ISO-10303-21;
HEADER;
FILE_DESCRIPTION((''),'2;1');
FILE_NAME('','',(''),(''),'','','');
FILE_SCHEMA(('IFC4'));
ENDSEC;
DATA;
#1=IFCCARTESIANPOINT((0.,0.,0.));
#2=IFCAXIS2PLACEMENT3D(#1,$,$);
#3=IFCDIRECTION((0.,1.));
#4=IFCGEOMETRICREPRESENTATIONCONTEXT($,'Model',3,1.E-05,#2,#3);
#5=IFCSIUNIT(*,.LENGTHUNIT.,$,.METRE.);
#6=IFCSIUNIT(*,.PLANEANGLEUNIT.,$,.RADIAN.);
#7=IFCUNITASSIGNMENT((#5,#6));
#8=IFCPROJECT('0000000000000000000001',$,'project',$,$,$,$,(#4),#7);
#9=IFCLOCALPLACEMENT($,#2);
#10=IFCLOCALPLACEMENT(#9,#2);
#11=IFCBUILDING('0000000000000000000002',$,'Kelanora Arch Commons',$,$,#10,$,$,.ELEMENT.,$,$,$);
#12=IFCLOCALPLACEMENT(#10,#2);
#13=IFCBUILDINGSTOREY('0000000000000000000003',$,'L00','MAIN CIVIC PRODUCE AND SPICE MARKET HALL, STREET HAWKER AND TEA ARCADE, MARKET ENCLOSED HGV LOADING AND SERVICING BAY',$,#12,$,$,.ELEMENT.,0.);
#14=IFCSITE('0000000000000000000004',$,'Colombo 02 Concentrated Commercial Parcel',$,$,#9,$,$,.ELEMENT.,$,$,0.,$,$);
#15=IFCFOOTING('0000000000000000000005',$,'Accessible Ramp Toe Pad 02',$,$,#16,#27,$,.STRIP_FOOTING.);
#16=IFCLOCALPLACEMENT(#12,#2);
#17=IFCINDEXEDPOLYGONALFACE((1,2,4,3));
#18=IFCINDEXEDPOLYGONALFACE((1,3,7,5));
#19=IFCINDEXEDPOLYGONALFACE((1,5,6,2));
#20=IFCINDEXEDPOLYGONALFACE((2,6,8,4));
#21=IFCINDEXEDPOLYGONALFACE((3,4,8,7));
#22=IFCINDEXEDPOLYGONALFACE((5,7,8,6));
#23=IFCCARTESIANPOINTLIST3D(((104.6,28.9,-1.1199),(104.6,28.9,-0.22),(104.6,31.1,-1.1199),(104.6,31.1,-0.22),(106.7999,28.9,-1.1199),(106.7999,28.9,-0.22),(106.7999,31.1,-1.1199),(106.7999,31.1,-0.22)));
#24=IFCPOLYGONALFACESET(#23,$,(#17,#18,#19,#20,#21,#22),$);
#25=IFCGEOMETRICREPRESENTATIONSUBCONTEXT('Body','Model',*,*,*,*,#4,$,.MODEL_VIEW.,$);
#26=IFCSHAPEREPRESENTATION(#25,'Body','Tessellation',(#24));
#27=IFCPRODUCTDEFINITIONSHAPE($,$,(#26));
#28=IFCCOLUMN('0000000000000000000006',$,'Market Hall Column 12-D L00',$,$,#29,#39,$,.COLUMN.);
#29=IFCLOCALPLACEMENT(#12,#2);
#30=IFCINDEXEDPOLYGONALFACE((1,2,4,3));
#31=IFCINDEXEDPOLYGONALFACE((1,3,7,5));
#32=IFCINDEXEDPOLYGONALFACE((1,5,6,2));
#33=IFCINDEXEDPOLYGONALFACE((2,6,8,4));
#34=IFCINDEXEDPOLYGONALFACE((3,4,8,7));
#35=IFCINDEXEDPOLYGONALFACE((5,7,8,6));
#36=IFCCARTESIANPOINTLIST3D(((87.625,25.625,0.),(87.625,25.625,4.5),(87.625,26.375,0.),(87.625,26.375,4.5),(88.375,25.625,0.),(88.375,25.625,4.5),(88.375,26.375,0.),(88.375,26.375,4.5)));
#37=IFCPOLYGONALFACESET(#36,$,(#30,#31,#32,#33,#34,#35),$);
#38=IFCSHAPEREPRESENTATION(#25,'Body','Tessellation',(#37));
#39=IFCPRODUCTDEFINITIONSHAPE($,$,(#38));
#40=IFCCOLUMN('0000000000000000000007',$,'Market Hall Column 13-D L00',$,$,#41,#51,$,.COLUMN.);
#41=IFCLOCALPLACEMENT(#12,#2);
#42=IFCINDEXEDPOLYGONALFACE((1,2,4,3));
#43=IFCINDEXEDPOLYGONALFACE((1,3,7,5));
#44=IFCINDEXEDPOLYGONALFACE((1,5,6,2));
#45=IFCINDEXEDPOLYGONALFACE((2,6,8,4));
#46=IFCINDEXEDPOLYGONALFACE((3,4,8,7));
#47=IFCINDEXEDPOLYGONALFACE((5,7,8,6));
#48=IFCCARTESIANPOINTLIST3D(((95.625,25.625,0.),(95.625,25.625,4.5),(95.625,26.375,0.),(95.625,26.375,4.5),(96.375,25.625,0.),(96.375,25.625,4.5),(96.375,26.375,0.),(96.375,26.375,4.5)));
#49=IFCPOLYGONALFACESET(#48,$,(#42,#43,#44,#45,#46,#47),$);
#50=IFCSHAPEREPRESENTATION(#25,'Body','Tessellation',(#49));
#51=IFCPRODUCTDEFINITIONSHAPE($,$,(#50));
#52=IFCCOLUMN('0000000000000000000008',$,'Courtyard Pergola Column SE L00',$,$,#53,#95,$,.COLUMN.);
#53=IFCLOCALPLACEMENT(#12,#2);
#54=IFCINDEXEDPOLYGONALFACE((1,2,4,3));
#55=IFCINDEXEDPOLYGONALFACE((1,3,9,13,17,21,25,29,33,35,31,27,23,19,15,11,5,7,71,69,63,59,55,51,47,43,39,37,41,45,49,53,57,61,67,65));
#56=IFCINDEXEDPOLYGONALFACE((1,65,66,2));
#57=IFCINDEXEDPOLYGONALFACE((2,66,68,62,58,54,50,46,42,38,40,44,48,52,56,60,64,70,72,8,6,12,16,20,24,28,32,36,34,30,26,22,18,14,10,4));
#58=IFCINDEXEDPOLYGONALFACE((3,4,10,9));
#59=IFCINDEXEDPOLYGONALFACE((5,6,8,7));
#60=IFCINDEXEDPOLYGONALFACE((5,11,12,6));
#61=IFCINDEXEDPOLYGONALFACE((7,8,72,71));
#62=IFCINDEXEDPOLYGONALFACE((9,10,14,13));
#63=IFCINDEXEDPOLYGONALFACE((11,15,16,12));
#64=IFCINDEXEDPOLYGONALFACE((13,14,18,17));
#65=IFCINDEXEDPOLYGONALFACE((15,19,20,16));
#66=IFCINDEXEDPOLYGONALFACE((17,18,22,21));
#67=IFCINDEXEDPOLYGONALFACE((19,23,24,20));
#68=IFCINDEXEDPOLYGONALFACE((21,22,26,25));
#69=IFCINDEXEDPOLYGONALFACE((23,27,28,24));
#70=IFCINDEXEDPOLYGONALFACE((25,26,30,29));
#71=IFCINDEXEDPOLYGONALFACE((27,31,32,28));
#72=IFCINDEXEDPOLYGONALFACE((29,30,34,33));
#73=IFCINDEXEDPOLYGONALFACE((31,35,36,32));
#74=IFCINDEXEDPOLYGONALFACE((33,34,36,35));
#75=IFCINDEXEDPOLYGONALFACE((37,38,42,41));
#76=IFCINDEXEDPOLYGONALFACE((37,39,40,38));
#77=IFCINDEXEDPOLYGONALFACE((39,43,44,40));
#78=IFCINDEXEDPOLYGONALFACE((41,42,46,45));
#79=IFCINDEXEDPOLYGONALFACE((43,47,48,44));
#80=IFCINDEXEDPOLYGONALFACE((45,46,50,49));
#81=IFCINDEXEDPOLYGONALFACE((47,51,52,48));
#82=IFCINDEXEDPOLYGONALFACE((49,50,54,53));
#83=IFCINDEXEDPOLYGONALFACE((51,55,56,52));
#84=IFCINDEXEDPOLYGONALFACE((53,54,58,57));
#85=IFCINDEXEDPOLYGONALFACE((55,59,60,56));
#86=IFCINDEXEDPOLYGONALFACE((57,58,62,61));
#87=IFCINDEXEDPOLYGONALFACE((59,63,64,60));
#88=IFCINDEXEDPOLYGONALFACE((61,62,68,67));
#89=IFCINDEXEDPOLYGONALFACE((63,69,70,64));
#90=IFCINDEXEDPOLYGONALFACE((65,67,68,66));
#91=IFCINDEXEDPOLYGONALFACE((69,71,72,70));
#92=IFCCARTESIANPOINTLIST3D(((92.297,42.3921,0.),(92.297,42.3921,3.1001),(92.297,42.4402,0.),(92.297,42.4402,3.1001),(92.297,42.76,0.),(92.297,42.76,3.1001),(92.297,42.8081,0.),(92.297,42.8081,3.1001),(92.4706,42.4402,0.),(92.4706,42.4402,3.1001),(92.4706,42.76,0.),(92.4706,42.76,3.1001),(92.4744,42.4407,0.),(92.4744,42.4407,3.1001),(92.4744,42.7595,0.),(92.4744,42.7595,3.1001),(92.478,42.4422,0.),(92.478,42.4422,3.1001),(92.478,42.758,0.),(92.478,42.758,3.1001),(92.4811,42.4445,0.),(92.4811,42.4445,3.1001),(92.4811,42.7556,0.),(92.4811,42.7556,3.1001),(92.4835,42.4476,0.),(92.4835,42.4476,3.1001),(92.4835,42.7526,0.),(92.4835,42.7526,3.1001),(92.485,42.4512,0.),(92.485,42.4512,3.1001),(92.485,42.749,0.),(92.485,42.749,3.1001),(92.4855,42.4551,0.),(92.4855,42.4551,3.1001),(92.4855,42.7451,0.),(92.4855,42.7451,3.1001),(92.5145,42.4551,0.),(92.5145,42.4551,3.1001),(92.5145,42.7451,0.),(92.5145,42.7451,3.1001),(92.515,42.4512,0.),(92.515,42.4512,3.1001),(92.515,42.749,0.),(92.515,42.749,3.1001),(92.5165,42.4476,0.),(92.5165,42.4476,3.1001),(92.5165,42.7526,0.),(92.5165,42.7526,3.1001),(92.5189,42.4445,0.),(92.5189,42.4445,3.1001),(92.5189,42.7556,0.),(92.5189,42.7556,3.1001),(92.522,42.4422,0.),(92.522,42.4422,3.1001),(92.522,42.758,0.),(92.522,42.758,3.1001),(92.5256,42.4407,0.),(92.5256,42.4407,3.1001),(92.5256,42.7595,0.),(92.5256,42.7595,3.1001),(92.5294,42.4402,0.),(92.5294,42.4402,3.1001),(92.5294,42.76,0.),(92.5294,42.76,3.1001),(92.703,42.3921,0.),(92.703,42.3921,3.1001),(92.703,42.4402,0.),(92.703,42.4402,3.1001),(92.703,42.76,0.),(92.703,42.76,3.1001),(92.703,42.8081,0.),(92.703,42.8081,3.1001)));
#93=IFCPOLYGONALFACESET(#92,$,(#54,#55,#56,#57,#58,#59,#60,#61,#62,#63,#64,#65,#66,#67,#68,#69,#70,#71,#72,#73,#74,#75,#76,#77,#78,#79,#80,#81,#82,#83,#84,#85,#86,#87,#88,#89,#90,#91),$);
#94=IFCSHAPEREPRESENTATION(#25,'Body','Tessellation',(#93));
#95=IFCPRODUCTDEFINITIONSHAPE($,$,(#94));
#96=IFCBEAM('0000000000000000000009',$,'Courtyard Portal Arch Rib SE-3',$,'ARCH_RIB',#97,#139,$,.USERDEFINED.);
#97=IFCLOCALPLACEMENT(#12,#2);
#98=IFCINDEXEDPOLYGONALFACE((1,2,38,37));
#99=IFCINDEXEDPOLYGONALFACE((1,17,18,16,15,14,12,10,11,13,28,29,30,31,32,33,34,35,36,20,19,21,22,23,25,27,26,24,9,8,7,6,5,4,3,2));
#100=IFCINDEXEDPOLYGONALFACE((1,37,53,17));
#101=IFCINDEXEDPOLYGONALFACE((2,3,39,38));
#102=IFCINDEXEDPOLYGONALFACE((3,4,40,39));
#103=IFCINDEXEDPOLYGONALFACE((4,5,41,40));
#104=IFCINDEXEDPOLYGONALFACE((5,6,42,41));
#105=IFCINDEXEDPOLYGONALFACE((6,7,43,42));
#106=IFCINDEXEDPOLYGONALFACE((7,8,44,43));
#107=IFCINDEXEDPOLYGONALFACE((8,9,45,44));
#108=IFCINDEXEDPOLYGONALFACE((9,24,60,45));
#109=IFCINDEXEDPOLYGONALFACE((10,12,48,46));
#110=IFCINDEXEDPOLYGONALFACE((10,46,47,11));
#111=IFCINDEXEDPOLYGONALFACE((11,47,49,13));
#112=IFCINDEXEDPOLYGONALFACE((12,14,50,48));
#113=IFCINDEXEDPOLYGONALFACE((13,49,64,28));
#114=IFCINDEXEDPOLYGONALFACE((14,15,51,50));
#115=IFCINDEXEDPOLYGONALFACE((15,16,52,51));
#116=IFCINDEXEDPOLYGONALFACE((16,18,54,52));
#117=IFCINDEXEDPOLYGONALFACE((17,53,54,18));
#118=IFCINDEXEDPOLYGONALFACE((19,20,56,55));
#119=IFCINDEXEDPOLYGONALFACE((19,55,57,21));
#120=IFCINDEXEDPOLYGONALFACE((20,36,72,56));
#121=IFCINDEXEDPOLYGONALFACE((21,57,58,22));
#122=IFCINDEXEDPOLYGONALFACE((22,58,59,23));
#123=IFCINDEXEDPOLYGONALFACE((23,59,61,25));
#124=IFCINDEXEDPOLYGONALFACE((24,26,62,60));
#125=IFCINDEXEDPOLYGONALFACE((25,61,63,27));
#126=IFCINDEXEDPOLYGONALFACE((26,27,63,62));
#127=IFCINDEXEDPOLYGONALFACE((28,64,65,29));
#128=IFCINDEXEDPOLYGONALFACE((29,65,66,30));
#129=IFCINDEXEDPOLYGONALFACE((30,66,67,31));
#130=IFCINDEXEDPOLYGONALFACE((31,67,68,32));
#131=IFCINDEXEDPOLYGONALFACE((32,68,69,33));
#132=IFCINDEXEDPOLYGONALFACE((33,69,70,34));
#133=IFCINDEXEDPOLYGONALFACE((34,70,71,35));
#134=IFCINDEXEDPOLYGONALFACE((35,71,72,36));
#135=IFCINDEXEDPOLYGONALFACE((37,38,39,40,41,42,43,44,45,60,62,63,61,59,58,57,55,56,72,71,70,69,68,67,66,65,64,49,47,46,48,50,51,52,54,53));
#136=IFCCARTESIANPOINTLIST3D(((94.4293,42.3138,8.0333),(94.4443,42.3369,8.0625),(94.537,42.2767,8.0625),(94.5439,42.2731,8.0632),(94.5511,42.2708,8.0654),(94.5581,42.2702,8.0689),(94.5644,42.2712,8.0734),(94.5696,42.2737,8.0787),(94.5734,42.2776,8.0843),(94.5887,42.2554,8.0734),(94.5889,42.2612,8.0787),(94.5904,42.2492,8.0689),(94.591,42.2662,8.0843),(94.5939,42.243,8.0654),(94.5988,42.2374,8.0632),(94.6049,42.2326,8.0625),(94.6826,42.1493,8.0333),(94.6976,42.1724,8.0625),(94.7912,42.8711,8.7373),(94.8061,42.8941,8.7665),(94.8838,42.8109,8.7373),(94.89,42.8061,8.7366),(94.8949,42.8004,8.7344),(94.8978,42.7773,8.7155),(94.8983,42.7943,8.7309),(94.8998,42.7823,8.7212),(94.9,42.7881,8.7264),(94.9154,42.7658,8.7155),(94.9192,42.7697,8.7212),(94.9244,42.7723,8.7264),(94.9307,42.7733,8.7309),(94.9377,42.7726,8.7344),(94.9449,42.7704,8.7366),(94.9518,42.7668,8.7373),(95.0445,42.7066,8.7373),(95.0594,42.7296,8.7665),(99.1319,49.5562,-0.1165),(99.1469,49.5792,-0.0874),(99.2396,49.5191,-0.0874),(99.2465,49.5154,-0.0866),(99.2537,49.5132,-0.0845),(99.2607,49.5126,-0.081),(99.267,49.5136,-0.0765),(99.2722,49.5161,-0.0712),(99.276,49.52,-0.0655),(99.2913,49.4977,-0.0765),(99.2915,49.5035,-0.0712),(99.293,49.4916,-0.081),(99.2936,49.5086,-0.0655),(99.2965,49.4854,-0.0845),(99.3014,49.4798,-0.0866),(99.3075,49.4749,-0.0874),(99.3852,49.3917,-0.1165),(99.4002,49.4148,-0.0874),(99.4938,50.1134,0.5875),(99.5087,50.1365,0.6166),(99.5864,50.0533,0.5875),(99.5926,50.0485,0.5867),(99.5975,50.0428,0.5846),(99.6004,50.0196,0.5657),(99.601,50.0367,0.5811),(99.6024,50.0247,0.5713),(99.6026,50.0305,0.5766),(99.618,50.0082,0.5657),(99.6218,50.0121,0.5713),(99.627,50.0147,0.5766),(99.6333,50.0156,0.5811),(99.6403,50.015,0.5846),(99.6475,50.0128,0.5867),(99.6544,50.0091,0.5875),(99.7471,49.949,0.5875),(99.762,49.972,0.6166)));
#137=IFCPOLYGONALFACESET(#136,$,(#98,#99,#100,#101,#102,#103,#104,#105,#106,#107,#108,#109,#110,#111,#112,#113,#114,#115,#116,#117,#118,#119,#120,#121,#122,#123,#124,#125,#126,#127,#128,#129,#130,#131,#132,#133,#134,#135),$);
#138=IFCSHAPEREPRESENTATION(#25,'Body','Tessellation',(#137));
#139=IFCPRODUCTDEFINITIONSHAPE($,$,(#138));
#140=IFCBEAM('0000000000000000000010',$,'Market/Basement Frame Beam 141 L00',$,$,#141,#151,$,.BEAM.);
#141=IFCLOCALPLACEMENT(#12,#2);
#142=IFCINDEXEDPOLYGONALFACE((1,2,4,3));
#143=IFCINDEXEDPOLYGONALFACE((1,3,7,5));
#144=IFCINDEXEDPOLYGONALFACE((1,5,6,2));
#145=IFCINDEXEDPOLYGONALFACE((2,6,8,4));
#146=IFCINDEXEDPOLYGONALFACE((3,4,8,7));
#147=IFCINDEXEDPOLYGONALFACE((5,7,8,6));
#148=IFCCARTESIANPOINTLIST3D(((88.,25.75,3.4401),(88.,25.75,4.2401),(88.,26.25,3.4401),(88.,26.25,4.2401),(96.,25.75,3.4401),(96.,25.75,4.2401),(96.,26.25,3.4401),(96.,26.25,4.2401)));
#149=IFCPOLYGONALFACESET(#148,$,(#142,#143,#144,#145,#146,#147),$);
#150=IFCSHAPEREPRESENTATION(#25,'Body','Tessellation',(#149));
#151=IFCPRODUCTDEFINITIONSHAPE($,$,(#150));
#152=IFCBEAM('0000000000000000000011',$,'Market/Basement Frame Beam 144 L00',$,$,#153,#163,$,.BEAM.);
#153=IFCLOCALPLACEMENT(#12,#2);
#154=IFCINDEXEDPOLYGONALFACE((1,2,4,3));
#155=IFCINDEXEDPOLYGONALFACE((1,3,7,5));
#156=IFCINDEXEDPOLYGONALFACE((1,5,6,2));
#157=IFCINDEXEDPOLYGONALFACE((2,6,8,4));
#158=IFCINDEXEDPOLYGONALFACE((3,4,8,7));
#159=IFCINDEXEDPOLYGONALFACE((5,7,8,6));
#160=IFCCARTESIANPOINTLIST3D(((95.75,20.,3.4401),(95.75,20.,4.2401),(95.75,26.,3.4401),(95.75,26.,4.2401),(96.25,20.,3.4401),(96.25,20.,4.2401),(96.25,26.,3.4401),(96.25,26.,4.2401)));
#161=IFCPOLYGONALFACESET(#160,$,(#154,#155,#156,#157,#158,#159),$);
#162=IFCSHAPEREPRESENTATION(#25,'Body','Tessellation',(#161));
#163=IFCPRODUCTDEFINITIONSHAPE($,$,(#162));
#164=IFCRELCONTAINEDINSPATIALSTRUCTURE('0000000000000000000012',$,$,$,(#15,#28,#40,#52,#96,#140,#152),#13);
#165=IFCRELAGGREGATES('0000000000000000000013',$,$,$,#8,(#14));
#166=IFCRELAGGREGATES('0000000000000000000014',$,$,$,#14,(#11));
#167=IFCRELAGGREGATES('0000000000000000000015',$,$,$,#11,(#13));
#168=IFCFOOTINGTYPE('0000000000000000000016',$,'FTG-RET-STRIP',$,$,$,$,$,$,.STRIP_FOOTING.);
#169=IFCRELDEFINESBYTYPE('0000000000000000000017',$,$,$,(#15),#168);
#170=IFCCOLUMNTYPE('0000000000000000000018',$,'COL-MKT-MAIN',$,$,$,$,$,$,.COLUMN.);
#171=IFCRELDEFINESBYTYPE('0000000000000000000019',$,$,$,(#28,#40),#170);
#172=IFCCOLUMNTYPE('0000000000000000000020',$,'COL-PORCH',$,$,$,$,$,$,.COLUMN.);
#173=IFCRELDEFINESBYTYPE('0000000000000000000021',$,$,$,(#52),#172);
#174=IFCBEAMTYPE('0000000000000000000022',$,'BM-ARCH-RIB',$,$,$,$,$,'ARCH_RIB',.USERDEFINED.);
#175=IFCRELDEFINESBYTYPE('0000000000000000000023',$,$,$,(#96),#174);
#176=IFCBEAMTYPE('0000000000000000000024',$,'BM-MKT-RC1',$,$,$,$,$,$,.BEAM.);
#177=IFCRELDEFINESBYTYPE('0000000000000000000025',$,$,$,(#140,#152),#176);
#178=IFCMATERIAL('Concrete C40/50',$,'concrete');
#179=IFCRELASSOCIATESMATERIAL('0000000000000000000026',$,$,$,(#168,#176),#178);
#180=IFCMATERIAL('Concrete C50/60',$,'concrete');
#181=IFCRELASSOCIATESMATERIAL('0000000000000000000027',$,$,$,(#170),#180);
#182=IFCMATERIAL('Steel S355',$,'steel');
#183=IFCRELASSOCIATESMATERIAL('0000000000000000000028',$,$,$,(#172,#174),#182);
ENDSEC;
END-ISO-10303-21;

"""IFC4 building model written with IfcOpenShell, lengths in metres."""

from ifc_helpers import new_model, si_unit, direction, frame, origin, origin_2d, place, context, subcontext, project, spatial, rectangle, i_section, extrude, source, transform, mapped, material, material_profile, profile_set, type_object, element, save


model = new_model("IFC4")

# Units and contexts
model_context = context("Model", 3, precision=1e-05, world=origin(), true_north=direction((0.0, 1.0)))
body_context = subcontext(model_context, "Body", "Model", "MODEL_VIEW")
ifc_project = project(units=[si_unit("LENGTHUNIT", "METRE"), si_unit("PLANEANGLEUNIT", "RADIAN")], contexts=[model_context])

# Site, building, storey
site_placement = place(None, origin())
site = spatial("IfcSite", under=ifc_project, at=site_placement, Name="Colombo 02 Concentrated Commercial Parcel", CompositionType="ELEMENT", RefElevation=0.0)
building_placement = place(site_placement, origin())
building = spatial("IfcBuilding", under=site, at=building_placement, Name="Kelanora Arch Commons", CompositionType="ELEMENT")
storey_placement = place(building_placement, origin())
storey = spatial("IfcBuildingStorey", under=building, at=storey_placement, Name="L00", Description="MAIN CIVIC PRODUCE AND SPICE MARKET HALL, STREET HAWKER AND TEA ARCADE, MARKET ENCLOSED HGV LOADING AND SERVICING BAY", CompositionType="ELEMENT", Elevation=0.0)

# Footing
ifc_material_1 = material(Name="Concrete C40/50", Category="concrete")
footing_type = type_object("IfcFootingType", Name="FTG-RET-STRIP", PredefinedType="STRIP_FOOTING", material=ifc_material_1)
shared_shape_1 = source(origin(), body_context, "Body", "SweptSolid", [
    extrude(rectangle(XDim=2.2, YDim=2.2, at=origin_2d()), origin(), (0.0, 0.0, 1.0), 0.8999),
])
footing_placement = place(storey_placement, frame((105.7, 30.0, -1.1199), z_axis=(0.0, 0.0, 1.0), x_axis=(1.0, 0.0, 0.0)))
element("IfcFooting", 1, at=footing_placement, inside=storey, type_object=footing_type, Name="Accessible Ramp Toe Pad 02", PredefinedType="STRIP_FOOTING", context=body_context, shape_type="MappedRepresentation", body=[
    mapped(shared_shape_1, transform((0.0, 0.0, 0.0), scale=1.0)),
])

# Columns
ifc_material_2 = material(Name="Concrete C50/60", Category="concrete")
ifc_material_profile_1 = material_profile(ifc_material_2, rectangle(XDim=0.75, YDim=0.75, at=origin_2d()), Name="RC750x750")
ifc_profile_set_1 = profile_set([ifc_material_profile_1], Name="Concrete C50/60")
column_type_1 = type_object("IfcColumnType", Name="COL-MKT-MAIN", PredefinedType="COLUMN", material=ifc_profile_set_1)
for number, where, z_axis, x_axis, name in (
    (2, (88.0, 26.0, 0.0), (0.0, 0.0, 1.0), (1.0, 0.0, 0.0), "Market Hall Column 12-D L00"),
    (3, (96.0, 26.0, 0.0), (0.0, 0.0, 1.0), (1.0, 0.0, 0.0), "Market Hall Column 13-D L00"),
):
    element("IfcColumn", number, at=place(storey_placement, frame(where, z_axis=z_axis, x_axis=x_axis)), inside=storey, type_object=column_type_1, Name=name, PredefinedType="COLUMN", context=body_context, shape_type="SweptSolid", body=[
        extrude(rectangle(XDim=0.75, YDim=0.75, at=origin_2d()), origin(), (0.0, 0.0, 1.0), 4.5),
    ])
ifc_material_3 = material(Name="Steel S355", Category="steel")
ifc_material_profile_2 = material_profile(ifc_material_3, i_section(OverallWidth=0.406, OverallDepth=0.416, WebThickness=0.0291, FlangeThickness=0.0481, FilletRadius=0.0149, at=origin_2d()), Name="HD400x382")
ifc_profile_set_2 = profile_set([ifc_material_profile_2], Name="Steel S355")
column_type_2 = type_object("IfcColumnType", Name="COL-PORCH", PredefinedType="COLUMN", material=ifc_profile_set_2)
column_placement = place(storey_placement, frame((92.5, 42.6001, 0.0), z_axis=(0.0, 0.0, 1.0), x_axis=(1.0, 0.0, 0.0)))
element("IfcColumn", 4, at=column_placement, inside=storey, type_object=column_type_2, Name="Courtyard Pergola Column SE L00", PredefinedType="COLUMN", context=body_context, shape_type="SweptSolid", body=[
    extrude(i_section(OverallWidth=0.406, OverallDepth=0.416, WebThickness=0.0291, FlangeThickness=0.0481, FilletRadius=0.0149, at=origin_2d()), origin(), (0.0, 0.0, 1.0), 3.1001),
])

# Beams
ifc_material_profile_3 = material_profile(ifc_material_3, i_section(OverallWidth=0.302, OverallDepth=1.0081, WebThickness=0.021, FlangeThickness=0.04, FilletRadius=0.03, at=origin_2d()), Name="HEM1000")
ifc_profile_set_3 = profile_set([ifc_material_profile_3], Name="Steel S355")
beam_type_1 = type_object("IfcBeamType", Name="BM-ARCH-RIB", ElementType="ARCH_RIB", PredefinedType="USERDEFINED", material=ifc_profile_set_3)
beam_1_placement = place(storey_placement, frame((94.7444, 42.5217, 8.3999), z_axis=(0.39605, 0.609948, -0.686374), x_axis=(-0.838705, 0.544586, 0.0)))
element("IfcBeam", 5, at=beam_1_placement, inside=storey, type_object=beam_type_1, Name="Courtyard Portal Arch Rib SE-3", ObjectType="ARCH_RIB", PredefinedType="USERDEFINED", context=body_context, shape_type="SweptSolid", body=[
    extrude(i_section(OverallWidth=0.302, OverallDepth=1.0081, WebThickness=0.021, FlangeThickness=0.04, FilletRadius=0.03, at=origin_2d()), origin(), (0.0, 0.0, 1.0), 11.8738),
])
ifc_material_profile_4 = material_profile(ifc_material_1, rectangle(XDim=0.5, YDim=0.8, at=origin_2d()), Name="RCB500x800")
ifc_profile_set_4 = profile_set([ifc_material_profile_4], Name="Concrete C40/50")
beam_type_2 = type_object("IfcBeamType", Name="BM-MKT-RC1", PredefinedType="BEAM", material=ifc_profile_set_4)
beam_2_placement = place(storey_placement, frame((88.0, 26.0, 3.8401), z_axis=(1.0, 0.0, 0.0), x_axis=(0.0, 1.0, 0.0)))
element("IfcBeam", 6, at=beam_2_placement, inside=storey, type_object=beam_type_2, Name="Market/Basement Frame Beam 141 L00", PredefinedType="BEAM", context=body_context, shape_type="SweptSolid", body=[
    extrude(rectangle(XDim=0.5, YDim=0.8, at=origin_2d()), origin(), (0.0, 0.0, 1.0), 8.0),
])
beam_3_placement = place(storey_placement, frame((96.0, 20.0, 3.8401), z_axis=(0.0, 1.0, 0.0), x_axis=(-1.0, 0.0, 0.0)))
element("IfcBeam", 7, at=beam_3_placement, inside=storey, type_object=beam_type_2, Name="Market/Basement Frame Beam 144 L00", PredefinedType="BEAM", context=body_context, shape_type="SweptSolid", body=[
    extrude(rectangle(XDim=0.5, YDim=0.8, at=origin_2d()), origin(), (0.0, 0.0, 1.0), 6.0),
])

save(model, "model.ifc")
